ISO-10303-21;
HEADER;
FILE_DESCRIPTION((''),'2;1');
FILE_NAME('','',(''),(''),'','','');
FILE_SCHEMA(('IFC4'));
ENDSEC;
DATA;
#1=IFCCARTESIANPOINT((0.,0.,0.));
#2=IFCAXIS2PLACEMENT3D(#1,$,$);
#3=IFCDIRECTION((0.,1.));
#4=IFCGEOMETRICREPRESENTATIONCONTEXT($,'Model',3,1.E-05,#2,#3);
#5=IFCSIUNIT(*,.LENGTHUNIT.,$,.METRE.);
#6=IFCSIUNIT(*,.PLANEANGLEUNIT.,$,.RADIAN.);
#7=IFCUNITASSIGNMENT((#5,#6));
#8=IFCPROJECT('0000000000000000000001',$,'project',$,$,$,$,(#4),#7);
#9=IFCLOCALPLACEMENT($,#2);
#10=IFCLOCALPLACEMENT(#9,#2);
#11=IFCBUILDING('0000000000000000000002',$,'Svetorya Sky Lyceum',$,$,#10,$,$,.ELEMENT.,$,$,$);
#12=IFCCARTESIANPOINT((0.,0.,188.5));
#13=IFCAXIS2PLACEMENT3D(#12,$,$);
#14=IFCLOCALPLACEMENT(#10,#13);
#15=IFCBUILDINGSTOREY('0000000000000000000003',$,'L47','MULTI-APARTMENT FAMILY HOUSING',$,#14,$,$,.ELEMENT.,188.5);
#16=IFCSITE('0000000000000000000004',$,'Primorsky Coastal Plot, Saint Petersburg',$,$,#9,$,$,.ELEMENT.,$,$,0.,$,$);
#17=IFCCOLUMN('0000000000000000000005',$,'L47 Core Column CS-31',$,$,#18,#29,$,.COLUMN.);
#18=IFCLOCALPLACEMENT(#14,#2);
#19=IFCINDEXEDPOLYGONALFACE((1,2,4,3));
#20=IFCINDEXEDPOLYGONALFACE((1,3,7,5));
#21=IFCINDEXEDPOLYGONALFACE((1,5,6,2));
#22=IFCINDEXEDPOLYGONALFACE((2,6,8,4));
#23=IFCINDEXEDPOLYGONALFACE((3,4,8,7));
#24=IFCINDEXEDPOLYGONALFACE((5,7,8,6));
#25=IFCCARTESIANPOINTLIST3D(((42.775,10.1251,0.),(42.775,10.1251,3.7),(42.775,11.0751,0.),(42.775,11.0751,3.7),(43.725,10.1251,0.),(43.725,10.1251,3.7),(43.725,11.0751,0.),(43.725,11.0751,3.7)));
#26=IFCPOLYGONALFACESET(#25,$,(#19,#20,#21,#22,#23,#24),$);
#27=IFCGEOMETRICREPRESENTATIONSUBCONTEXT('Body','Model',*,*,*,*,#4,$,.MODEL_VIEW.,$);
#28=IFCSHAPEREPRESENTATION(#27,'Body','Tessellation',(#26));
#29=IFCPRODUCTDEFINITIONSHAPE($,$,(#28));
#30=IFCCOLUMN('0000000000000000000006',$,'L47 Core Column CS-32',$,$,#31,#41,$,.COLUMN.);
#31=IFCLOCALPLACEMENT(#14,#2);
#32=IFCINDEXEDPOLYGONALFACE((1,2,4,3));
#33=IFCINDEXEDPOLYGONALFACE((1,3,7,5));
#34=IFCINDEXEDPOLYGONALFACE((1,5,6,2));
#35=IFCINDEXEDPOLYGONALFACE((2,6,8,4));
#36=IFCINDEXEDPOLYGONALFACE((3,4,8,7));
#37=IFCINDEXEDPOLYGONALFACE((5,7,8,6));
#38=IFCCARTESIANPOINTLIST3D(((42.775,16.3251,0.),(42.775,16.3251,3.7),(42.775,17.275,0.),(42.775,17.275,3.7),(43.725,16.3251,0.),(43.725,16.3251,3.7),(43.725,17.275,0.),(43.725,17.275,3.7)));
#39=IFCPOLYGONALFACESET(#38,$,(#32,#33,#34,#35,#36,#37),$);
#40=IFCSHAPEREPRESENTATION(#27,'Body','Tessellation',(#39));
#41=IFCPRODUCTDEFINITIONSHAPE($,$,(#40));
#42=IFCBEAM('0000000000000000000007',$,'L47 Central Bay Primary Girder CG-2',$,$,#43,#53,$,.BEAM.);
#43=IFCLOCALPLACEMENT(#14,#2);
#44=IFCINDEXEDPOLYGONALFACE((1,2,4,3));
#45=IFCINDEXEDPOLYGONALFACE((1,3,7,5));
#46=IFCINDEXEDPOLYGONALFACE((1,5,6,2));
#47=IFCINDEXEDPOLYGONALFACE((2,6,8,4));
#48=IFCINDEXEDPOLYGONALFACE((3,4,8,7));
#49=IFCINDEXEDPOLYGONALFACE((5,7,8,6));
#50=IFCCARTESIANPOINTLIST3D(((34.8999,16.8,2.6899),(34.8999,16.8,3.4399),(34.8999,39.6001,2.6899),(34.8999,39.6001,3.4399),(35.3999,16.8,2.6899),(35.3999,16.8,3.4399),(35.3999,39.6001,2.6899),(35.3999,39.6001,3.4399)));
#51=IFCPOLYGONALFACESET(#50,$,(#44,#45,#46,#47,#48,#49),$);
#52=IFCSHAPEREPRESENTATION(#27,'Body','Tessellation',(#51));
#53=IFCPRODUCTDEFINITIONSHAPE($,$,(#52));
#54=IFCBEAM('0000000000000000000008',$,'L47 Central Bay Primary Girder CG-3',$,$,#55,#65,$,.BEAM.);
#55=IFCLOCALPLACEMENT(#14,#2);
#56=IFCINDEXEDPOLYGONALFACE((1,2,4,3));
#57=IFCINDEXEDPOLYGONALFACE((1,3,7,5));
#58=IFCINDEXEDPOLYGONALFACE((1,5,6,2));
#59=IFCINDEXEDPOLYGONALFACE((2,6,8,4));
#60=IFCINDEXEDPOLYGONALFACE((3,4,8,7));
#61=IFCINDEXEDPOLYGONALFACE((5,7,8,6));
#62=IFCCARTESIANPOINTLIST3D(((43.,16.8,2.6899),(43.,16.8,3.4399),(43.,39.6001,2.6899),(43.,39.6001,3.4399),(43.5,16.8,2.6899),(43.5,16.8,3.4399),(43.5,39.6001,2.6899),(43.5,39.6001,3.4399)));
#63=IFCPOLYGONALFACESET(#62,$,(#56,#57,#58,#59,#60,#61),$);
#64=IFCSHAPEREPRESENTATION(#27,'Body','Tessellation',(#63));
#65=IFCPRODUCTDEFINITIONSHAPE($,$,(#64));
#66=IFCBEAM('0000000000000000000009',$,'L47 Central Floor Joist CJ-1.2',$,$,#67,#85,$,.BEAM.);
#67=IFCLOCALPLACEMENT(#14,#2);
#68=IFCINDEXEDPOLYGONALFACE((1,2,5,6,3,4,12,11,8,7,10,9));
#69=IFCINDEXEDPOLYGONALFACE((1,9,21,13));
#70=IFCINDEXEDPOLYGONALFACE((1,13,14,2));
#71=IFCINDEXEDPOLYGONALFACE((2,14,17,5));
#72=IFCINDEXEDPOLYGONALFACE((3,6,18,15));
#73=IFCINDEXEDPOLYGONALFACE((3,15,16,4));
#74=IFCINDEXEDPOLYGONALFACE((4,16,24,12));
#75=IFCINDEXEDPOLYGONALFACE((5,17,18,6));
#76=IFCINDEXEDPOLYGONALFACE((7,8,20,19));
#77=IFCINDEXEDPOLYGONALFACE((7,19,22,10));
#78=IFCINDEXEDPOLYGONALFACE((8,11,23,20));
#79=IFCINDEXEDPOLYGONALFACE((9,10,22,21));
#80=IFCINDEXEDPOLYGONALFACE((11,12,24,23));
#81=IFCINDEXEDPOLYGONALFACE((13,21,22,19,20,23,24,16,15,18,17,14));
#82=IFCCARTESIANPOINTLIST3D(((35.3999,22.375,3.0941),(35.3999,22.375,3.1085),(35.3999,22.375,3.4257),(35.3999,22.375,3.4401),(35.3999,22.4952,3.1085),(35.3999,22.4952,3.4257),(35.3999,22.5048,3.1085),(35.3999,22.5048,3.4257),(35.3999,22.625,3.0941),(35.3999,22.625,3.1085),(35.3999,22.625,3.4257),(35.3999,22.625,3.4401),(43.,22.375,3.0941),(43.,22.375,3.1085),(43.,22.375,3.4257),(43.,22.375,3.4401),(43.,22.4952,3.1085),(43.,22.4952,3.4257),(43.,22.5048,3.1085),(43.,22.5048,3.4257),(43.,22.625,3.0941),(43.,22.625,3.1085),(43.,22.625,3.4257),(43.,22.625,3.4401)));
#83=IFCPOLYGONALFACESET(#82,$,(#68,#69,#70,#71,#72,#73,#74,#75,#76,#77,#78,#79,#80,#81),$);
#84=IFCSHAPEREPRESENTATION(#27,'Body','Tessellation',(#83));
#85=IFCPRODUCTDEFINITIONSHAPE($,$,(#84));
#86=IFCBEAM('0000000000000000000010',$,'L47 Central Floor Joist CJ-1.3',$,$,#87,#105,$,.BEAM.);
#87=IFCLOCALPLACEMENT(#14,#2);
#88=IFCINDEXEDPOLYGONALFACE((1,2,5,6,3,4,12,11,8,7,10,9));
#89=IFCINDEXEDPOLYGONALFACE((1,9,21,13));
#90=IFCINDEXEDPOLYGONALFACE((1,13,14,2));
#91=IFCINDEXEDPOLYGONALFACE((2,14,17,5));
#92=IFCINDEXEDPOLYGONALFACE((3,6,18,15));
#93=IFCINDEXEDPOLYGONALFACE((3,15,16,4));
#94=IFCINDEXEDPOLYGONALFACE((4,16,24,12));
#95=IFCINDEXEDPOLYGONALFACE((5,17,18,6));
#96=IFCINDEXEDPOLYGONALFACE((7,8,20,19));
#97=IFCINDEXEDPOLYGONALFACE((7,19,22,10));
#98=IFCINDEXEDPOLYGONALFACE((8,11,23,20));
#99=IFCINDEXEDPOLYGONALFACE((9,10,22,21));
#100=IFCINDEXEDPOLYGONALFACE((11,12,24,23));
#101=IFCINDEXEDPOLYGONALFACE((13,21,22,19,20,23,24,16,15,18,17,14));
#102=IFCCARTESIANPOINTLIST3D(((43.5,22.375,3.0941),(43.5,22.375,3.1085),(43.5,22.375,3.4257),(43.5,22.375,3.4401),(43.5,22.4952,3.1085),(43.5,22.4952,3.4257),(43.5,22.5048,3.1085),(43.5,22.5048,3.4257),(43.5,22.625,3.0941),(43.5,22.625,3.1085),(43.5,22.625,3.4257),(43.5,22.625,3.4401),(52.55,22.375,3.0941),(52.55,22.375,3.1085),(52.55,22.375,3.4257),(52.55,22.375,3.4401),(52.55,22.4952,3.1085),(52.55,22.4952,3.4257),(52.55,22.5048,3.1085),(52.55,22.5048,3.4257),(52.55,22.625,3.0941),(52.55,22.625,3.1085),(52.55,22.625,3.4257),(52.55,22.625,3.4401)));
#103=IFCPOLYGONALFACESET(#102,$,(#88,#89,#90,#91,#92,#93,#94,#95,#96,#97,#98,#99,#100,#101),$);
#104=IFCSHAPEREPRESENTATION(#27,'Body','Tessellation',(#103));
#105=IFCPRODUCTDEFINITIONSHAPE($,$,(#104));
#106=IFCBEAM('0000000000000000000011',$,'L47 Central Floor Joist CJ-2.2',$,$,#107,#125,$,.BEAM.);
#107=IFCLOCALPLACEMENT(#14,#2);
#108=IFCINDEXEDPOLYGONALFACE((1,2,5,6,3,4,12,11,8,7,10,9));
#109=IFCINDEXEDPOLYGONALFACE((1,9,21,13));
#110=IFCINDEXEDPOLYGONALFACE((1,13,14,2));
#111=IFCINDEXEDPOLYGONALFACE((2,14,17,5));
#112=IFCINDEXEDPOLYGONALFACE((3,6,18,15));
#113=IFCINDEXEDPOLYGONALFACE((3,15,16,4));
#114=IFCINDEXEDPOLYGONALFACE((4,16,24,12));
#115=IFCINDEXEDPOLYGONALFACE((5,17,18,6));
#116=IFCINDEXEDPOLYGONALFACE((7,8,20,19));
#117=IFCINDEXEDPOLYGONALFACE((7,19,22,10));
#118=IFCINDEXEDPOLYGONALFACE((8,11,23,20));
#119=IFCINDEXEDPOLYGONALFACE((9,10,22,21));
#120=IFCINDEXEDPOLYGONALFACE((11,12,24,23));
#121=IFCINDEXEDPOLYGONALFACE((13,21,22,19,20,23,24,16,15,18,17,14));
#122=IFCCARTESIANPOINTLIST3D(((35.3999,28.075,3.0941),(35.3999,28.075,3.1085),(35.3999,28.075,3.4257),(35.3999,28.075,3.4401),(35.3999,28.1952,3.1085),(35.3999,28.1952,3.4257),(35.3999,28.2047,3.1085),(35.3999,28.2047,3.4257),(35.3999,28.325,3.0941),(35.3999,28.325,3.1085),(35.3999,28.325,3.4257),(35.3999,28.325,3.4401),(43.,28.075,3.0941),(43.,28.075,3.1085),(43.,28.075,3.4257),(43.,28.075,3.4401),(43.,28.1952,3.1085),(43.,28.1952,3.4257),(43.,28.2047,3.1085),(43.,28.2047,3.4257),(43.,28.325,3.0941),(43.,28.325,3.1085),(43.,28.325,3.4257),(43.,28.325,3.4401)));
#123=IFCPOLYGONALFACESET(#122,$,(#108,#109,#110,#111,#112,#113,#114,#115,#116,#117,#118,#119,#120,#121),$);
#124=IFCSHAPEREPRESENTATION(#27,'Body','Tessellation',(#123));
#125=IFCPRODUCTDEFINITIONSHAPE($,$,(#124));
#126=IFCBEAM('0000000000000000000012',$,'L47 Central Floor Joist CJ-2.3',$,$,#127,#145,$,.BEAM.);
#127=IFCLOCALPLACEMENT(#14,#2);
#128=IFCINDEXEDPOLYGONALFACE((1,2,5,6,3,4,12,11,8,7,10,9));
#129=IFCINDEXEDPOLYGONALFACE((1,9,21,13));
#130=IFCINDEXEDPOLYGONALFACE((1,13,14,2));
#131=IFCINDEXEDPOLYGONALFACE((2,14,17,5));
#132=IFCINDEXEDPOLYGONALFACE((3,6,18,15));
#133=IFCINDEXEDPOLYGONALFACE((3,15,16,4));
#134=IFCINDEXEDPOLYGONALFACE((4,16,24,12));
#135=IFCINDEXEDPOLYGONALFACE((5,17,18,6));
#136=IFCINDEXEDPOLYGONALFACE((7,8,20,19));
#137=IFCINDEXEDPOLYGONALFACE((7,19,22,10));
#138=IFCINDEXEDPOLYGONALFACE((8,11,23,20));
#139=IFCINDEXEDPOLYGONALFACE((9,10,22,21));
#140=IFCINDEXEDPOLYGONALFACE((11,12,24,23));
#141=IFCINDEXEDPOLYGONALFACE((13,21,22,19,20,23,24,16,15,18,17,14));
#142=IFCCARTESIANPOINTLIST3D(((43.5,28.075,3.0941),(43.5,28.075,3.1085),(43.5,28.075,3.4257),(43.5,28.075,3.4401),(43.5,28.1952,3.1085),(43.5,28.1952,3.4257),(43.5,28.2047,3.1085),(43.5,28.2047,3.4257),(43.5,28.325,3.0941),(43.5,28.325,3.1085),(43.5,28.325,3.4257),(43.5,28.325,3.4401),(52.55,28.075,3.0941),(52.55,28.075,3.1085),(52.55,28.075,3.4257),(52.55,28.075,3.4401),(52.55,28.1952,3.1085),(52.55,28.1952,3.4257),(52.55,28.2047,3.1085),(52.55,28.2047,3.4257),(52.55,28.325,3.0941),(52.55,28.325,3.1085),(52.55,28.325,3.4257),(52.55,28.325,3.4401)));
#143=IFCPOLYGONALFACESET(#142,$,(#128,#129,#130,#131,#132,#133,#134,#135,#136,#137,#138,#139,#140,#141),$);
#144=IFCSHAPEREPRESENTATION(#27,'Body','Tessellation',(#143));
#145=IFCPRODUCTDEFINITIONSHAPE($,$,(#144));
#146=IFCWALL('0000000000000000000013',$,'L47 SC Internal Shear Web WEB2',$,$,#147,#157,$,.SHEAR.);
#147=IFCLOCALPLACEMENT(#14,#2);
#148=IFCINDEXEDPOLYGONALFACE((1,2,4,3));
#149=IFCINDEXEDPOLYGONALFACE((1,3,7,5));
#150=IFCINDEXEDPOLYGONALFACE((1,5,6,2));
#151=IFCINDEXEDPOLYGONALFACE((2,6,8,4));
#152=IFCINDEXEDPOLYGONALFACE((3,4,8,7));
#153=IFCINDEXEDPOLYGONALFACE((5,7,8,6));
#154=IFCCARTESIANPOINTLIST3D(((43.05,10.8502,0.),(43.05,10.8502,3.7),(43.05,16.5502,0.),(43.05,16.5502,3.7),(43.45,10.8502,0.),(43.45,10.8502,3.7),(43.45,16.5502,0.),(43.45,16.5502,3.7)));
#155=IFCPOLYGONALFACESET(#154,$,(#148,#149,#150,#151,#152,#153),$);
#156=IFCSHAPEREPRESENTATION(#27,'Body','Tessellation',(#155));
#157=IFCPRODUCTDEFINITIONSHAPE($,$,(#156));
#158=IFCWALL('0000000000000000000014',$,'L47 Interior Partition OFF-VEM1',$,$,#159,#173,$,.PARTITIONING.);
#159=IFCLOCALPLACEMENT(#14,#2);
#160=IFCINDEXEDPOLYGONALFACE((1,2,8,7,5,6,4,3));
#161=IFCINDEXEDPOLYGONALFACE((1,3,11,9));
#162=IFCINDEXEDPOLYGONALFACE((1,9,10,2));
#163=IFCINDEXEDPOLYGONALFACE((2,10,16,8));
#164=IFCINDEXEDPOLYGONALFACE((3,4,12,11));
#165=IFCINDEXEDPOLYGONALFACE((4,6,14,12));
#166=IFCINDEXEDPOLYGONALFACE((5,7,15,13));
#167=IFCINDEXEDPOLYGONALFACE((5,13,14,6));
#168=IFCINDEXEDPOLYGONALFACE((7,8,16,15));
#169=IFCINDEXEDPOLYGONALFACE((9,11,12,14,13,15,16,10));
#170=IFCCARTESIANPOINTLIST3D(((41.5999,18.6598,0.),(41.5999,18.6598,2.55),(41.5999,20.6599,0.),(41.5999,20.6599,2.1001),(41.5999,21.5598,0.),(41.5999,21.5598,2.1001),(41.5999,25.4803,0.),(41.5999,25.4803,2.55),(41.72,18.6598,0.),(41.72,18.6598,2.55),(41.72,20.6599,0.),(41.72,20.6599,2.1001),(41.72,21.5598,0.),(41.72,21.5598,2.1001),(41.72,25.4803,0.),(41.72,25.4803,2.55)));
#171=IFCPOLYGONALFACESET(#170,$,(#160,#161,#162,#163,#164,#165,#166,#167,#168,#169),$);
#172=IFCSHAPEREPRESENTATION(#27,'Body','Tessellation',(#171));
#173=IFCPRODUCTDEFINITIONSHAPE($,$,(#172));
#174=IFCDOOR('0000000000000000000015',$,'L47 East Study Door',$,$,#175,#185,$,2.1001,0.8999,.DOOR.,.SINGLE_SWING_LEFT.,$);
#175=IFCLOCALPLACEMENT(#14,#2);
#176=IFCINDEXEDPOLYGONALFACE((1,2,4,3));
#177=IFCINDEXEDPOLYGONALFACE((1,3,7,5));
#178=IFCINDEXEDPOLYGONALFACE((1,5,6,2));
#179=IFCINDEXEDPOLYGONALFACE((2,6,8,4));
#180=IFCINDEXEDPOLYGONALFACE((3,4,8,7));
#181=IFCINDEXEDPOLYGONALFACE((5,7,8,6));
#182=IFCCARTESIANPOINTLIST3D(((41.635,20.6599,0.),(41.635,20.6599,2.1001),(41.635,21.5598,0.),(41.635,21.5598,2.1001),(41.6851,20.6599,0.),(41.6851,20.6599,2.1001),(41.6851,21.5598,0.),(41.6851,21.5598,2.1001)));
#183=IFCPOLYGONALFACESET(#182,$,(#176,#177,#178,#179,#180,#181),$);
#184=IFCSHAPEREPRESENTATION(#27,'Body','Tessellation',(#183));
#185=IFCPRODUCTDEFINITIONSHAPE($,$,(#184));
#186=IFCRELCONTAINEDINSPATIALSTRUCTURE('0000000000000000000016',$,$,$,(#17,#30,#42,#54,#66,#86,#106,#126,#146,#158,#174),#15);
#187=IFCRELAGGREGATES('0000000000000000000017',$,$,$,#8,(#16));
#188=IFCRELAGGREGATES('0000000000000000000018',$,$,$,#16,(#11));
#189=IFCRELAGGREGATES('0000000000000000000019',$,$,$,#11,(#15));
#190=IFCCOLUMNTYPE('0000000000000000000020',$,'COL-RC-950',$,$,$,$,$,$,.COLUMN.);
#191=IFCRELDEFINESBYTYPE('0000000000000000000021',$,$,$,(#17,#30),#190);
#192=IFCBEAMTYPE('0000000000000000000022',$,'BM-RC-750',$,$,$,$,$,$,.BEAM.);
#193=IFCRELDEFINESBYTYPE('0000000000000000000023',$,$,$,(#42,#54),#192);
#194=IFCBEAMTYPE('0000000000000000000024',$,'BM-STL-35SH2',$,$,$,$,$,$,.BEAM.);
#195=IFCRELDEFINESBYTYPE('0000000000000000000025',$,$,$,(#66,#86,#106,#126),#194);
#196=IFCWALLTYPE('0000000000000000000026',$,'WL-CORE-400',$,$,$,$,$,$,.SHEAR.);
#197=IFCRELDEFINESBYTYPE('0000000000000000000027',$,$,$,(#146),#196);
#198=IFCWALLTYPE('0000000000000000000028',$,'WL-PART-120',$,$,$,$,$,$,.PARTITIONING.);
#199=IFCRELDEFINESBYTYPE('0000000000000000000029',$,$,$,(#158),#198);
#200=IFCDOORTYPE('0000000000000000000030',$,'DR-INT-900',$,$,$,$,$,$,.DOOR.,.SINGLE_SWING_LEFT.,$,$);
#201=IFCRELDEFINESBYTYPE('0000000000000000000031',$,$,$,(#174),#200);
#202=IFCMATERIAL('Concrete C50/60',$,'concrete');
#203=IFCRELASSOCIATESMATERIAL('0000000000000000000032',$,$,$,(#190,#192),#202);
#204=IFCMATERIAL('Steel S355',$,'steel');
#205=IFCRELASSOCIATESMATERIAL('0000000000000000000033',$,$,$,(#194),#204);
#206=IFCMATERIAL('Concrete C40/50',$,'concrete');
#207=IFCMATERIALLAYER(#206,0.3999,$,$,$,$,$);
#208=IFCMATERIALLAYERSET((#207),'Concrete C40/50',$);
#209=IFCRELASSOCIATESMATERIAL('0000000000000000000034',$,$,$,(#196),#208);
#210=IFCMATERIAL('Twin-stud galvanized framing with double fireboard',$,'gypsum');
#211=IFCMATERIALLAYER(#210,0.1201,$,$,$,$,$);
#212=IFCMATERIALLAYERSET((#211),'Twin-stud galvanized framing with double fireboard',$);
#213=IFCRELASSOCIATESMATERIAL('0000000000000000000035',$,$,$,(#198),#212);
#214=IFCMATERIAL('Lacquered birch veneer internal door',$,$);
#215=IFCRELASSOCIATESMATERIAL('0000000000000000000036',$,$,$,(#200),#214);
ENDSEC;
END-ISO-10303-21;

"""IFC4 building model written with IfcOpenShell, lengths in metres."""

from ifc_helpers import new_model, si_unit, direction, frame, frame_2d, origin, origin_2d, place, context, subcontext, project, spatial, rectangle, i_section, extrude, material, layer, layer_set, material_profile, profile_set, type_object, element, fill, save


model = new_model("IFC4")

# Units and contexts
model_context = context("Model", 3, precision=1e-05, world=origin(), true_north=direction((0.0, 1.0)))
body_context = subcontext(model_context, "Body", "Model", "MODEL_VIEW")
ifc_project = project(units=[si_unit("LENGTHUNIT", "METRE"), si_unit("PLANEANGLEUNIT", "RADIAN")], contexts=[model_context])

# Site, building, storey
site_placement = place(None, origin())
site = spatial("IfcSite", under=ifc_project, at=site_placement, Name="Primorsky Coastal Plot, Saint Petersburg", CompositionType="ELEMENT", RefElevation=0.0)
building_placement = place(site_placement, origin())
building = spatial("IfcBuilding", under=site, at=building_placement, Name="Svetorya Sky Lyceum", CompositionType="ELEMENT")
storey_placement = place(building_placement, frame((0.0, 0.0, 188.5)))
storey = spatial("IfcBuildingStorey", under=building, at=storey_placement, Name="L47", Description="MULTI-APARTMENT FAMILY HOUSING", CompositionType="ELEMENT", Elevation=188.5)

# Columns
ifc_material_1 = material(Name="Concrete C50/60", Category="concrete")
ifc_material_profile_1 = material_profile(ifc_material_1, rectangle(XDim=0.95, YDim=0.95, at=origin_2d()), Name="RC COL 950x950")
ifc_profile_set_1 = profile_set([ifc_material_profile_1], Name="Concrete C50/60")
column_type = type_object("IfcColumnType", Name="COL-RC-950", PredefinedType="COLUMN", material=ifc_profile_set_1)
for number, where, z_axis, x_axis, name in (
    (1, (43.25, 10.6001, 0.0), (0.0, 0.0, 1.0), (1.0, 0.0, 0.0), "L47 Core Column CS-31"),
    (2, (43.25, 16.8, 0.0), (0.0, 0.0, 1.0), (1.0, 0.0, 0.0), "L47 Core Column CS-32"),
):
    element("IfcColumn", number, at=place(storey_placement, frame(where, z_axis=z_axis, x_axis=x_axis)), inside=storey, type_object=column_type, Name=name, PredefinedType="COLUMN", context=body_context, shape_type="SweptSolid", body=[
        extrude(rectangle(XDim=0.95, YDim=0.95, at=origin_2d()), origin(), (0.0, 0.0, 1.0), 3.7),
    ])

# Beams
ifc_material_profile_2 = material_profile(ifc_material_1, rectangle(XDim=0.5, YDim=0.75, at=origin_2d()), Name="RC BEAM 500x750")
ifc_profile_set_2 = profile_set([ifc_material_profile_2], Name="Concrete C50/60")
beam_type_1 = type_object("IfcBeamType", Name="BM-RC-750", PredefinedType="BEAM", material=ifc_profile_set_2)
for number, where, z_axis, x_axis, name in (
    (3, (35.1499, 16.8, 3.0649), (0.0, 1.0, 0.0), (-1.0, 0.0, 0.0), "L47 Central Bay Primary Girder CG-2"),
    (4, (43.25, 16.8, 3.0649), (0.0, 1.0, 0.0), (-1.0, 0.0, 0.0), "L47 Central Bay Primary Girder CG-3"),
):
    element("IfcBeam", number, at=place(storey_placement, frame(where, z_axis=z_axis, x_axis=x_axis)), inside=storey, type_object=beam_type_1, Name=name, PredefinedType="BEAM", context=body_context, shape_type="SweptSolid", body=[
        extrude(rectangle(XDim=0.5, YDim=0.75, at=origin_2d()), origin(), (0.0, 0.0, 1.0), 22.8),
    ])
ifc_material_2 = material(Name="Steel S355", Category="steel")
ifc_material_profile_3 = material_profile(ifc_material_2, i_section(OverallWidth=0.25, OverallDepth=0.3459, WebThickness=0.0095, FlangeThickness=0.0144, at=origin_2d()), Name="GOST 35Sh2")
ifc_profile_set_3 = profile_set([ifc_material_profile_3], Name="Steel S355")
beam_type_2 = type_object("IfcBeamType", Name="BM-STL-35SH2", PredefinedType="BEAM", material=ifc_profile_set_3)
beam_1_placement = place(storey_placement, frame((35.3999, 22.5, 3.2671), z_axis=(1.0, 0.0, 0.0), x_axis=(0.0, 1.0, 0.0)))
element("IfcBeam", 5, at=beam_1_placement, inside=storey, type_object=beam_type_2, Name="L47 Central Floor Joist CJ-1.2", PredefinedType="BEAM", context=body_context, shape_type="SweptSolid", body=[
    extrude(i_section(OverallWidth=0.25, OverallDepth=0.3459, WebThickness=0.0095, FlangeThickness=0.0144, at=origin_2d()), origin(), (0.0, 0.0, 1.0), 7.6001),
])
beam_2_placement = place(storey_placement, frame((43.5, 22.5, 3.2671), z_axis=(1.0, 0.0, 0.0), x_axis=(0.0, 1.0, 0.0)))
element("IfcBeam", 6, at=beam_2_placement, inside=storey, type_object=beam_type_2, Name="L47 Central Floor Joist CJ-1.3", PredefinedType="BEAM", context=body_context, shape_type="SweptSolid", body=[
    extrude(i_section(OverallWidth=0.25, OverallDepth=0.3459, WebThickness=0.0095, FlangeThickness=0.0144, at=origin_2d()), origin(), (0.0, 0.0, 1.0), 9.05),
])
beam_3_placement = place(storey_placement, frame((35.3999, 28.2, 3.2671), z_axis=(1.0, 0.0, 0.0), x_axis=(0.0, 1.0, 0.0)))
element("IfcBeam", 7, at=beam_3_placement, inside=storey, type_object=beam_type_2, Name="L47 Central Floor Joist CJ-2.2", PredefinedType="BEAM", context=body_context, shape_type="SweptSolid", body=[
    extrude(i_section(OverallWidth=0.25, OverallDepth=0.3459, WebThickness=0.0095, FlangeThickness=0.0144, at=origin_2d()), origin(), (0.0, 0.0, 1.0), 7.6001),
])
beam_4_placement = place(storey_placement, frame((43.5, 28.2, 3.2671), z_axis=(1.0, 0.0, 0.0), x_axis=(0.0, 1.0, 0.0)))
element("IfcBeam", 8, at=beam_4_placement, inside=storey, type_object=beam_type_2, Name="L47 Central Floor Joist CJ-2.3", PredefinedType="BEAM", context=body_context, shape_type="SweptSolid", body=[
    extrude(i_section(OverallWidth=0.25, OverallDepth=0.3459, WebThickness=0.0095, FlangeThickness=0.0144, at=origin_2d()), origin(), (0.0, 0.0, 1.0), 9.05),
])

# Wall
ifc_material_3 = material(Name="Concrete C40/50", Category="concrete")
ifc_layer_1 = layer(ifc_material_3, 0.3999)
ifc_layer_set_1 = layer_set([ifc_layer_1], Name="Concrete C40/50")
wall_type_1 = type_object("IfcWallType", Name="WL-CORE-400", PredefinedType="SHEAR", material=ifc_layer_set_1)
wall_1_placement = place(storey_placement, frame((43.25, 10.8501, 0.0), z_axis=(0.0, 0.0, 1.0), x_axis=(0.0, 1.0, 0.0)))
element("IfcWall", 9, at=wall_1_placement, inside=storey, type_object=wall_type_1, Name="L47 SC Internal Shear Web WEB2", PredefinedType="SHEAR", context=body_context, shape_type="SweptSolid", body=[
    extrude(rectangle(XDim=5.7, YDim=0.3999, at=frame_2d((2.8501, 0.0))), origin(), (0.0, 0.0, 1.0), 3.7),
])

# Wall, opening, door
ifc_material_4 = material(Name="Twin-stud galvanized framing with double fireboard", Category="gypsum")
ifc_layer_2 = layer(ifc_material_4, 0.1201)
ifc_layer_set_2 = layer_set([ifc_layer_2], Name="Twin-stud galvanized framing with double fireboard")
wall_type_2 = type_object("IfcWallType", Name="WL-PART-120", PredefinedType="PARTITIONING", material=ifc_layer_set_2)
wall_2_placement = place(storey_placement, frame((41.6599, 18.6599, 0.0), z_axis=(0.0, 0.0, 1.0), x_axis=(0.0, 1.0, 0.0)))
wall_2 = element("IfcWall", 10, at=wall_2_placement, inside=storey, type_object=wall_type_2, Name="L47 Interior Partition OFF-VEM1", PredefinedType="PARTITIONING", context=body_context, shape_type="SweptSolid", body=[
    extrude(rectangle(XDim=6.8206, YDim=0.1201, at=frame_2d((3.4102, 0.0))), origin(), (0.0, 0.0, 1.0), 2.55),
])
opening_1_placement = place(wall_2_placement, frame((2.0, 0.0, 0.0)))
opening_1 = element("IfcOpeningElement", 11, at=opening_1_placement, cuts=wall_2, PredefinedType="OPENING", context=body_context, shape_type="SweptSolid", body=[
    extrude(rectangle(XDim=0.8999, YDim=2.1001, at=frame_2d((0.45, 1.05))), frame((0.0, 0.0701, 0.0), z_axis=(0.0, -1.0, 0.0), x_axis=(1.0, 0.0, 0.0)), (0.0, 0.0, 1.0), 0.1401),
])
ifc_material_5 = material(Name="Lacquered birch veneer internal door")
door_type_1 = type_object("IfcDoorType", Name="DR-INT-900", OperationType="SINGLE_SWING_LEFT", PredefinedType="DOOR", material=ifc_material_5)
door_1_placement = place(opening_1_placement, origin())
door_1 = element("IfcDoor", 12, at=door_1_placement, inside=storey, type_object=door_type_1, Name="L47 East Study Door", OperationType="SINGLE_SWING_LEFT", OverallHeight=2.1001, OverallWidth=0.8999, PredefinedType="DOOR", context=body_context, shape_type="SweptSolid", body=[
    extrude(rectangle(XDim=0.8999, YDim=2.1001, at=frame_2d((0.45, 1.05))), frame((0.0, 0.0249, 0.0), z_axis=(0.0, -1.0, 0.0), x_axis=(1.0, 0.0, 0.0)), (0.0, 0.0, 1.0), 0.05),
])
fill(opening_1, door_1)

save(model, "model.ifc")
